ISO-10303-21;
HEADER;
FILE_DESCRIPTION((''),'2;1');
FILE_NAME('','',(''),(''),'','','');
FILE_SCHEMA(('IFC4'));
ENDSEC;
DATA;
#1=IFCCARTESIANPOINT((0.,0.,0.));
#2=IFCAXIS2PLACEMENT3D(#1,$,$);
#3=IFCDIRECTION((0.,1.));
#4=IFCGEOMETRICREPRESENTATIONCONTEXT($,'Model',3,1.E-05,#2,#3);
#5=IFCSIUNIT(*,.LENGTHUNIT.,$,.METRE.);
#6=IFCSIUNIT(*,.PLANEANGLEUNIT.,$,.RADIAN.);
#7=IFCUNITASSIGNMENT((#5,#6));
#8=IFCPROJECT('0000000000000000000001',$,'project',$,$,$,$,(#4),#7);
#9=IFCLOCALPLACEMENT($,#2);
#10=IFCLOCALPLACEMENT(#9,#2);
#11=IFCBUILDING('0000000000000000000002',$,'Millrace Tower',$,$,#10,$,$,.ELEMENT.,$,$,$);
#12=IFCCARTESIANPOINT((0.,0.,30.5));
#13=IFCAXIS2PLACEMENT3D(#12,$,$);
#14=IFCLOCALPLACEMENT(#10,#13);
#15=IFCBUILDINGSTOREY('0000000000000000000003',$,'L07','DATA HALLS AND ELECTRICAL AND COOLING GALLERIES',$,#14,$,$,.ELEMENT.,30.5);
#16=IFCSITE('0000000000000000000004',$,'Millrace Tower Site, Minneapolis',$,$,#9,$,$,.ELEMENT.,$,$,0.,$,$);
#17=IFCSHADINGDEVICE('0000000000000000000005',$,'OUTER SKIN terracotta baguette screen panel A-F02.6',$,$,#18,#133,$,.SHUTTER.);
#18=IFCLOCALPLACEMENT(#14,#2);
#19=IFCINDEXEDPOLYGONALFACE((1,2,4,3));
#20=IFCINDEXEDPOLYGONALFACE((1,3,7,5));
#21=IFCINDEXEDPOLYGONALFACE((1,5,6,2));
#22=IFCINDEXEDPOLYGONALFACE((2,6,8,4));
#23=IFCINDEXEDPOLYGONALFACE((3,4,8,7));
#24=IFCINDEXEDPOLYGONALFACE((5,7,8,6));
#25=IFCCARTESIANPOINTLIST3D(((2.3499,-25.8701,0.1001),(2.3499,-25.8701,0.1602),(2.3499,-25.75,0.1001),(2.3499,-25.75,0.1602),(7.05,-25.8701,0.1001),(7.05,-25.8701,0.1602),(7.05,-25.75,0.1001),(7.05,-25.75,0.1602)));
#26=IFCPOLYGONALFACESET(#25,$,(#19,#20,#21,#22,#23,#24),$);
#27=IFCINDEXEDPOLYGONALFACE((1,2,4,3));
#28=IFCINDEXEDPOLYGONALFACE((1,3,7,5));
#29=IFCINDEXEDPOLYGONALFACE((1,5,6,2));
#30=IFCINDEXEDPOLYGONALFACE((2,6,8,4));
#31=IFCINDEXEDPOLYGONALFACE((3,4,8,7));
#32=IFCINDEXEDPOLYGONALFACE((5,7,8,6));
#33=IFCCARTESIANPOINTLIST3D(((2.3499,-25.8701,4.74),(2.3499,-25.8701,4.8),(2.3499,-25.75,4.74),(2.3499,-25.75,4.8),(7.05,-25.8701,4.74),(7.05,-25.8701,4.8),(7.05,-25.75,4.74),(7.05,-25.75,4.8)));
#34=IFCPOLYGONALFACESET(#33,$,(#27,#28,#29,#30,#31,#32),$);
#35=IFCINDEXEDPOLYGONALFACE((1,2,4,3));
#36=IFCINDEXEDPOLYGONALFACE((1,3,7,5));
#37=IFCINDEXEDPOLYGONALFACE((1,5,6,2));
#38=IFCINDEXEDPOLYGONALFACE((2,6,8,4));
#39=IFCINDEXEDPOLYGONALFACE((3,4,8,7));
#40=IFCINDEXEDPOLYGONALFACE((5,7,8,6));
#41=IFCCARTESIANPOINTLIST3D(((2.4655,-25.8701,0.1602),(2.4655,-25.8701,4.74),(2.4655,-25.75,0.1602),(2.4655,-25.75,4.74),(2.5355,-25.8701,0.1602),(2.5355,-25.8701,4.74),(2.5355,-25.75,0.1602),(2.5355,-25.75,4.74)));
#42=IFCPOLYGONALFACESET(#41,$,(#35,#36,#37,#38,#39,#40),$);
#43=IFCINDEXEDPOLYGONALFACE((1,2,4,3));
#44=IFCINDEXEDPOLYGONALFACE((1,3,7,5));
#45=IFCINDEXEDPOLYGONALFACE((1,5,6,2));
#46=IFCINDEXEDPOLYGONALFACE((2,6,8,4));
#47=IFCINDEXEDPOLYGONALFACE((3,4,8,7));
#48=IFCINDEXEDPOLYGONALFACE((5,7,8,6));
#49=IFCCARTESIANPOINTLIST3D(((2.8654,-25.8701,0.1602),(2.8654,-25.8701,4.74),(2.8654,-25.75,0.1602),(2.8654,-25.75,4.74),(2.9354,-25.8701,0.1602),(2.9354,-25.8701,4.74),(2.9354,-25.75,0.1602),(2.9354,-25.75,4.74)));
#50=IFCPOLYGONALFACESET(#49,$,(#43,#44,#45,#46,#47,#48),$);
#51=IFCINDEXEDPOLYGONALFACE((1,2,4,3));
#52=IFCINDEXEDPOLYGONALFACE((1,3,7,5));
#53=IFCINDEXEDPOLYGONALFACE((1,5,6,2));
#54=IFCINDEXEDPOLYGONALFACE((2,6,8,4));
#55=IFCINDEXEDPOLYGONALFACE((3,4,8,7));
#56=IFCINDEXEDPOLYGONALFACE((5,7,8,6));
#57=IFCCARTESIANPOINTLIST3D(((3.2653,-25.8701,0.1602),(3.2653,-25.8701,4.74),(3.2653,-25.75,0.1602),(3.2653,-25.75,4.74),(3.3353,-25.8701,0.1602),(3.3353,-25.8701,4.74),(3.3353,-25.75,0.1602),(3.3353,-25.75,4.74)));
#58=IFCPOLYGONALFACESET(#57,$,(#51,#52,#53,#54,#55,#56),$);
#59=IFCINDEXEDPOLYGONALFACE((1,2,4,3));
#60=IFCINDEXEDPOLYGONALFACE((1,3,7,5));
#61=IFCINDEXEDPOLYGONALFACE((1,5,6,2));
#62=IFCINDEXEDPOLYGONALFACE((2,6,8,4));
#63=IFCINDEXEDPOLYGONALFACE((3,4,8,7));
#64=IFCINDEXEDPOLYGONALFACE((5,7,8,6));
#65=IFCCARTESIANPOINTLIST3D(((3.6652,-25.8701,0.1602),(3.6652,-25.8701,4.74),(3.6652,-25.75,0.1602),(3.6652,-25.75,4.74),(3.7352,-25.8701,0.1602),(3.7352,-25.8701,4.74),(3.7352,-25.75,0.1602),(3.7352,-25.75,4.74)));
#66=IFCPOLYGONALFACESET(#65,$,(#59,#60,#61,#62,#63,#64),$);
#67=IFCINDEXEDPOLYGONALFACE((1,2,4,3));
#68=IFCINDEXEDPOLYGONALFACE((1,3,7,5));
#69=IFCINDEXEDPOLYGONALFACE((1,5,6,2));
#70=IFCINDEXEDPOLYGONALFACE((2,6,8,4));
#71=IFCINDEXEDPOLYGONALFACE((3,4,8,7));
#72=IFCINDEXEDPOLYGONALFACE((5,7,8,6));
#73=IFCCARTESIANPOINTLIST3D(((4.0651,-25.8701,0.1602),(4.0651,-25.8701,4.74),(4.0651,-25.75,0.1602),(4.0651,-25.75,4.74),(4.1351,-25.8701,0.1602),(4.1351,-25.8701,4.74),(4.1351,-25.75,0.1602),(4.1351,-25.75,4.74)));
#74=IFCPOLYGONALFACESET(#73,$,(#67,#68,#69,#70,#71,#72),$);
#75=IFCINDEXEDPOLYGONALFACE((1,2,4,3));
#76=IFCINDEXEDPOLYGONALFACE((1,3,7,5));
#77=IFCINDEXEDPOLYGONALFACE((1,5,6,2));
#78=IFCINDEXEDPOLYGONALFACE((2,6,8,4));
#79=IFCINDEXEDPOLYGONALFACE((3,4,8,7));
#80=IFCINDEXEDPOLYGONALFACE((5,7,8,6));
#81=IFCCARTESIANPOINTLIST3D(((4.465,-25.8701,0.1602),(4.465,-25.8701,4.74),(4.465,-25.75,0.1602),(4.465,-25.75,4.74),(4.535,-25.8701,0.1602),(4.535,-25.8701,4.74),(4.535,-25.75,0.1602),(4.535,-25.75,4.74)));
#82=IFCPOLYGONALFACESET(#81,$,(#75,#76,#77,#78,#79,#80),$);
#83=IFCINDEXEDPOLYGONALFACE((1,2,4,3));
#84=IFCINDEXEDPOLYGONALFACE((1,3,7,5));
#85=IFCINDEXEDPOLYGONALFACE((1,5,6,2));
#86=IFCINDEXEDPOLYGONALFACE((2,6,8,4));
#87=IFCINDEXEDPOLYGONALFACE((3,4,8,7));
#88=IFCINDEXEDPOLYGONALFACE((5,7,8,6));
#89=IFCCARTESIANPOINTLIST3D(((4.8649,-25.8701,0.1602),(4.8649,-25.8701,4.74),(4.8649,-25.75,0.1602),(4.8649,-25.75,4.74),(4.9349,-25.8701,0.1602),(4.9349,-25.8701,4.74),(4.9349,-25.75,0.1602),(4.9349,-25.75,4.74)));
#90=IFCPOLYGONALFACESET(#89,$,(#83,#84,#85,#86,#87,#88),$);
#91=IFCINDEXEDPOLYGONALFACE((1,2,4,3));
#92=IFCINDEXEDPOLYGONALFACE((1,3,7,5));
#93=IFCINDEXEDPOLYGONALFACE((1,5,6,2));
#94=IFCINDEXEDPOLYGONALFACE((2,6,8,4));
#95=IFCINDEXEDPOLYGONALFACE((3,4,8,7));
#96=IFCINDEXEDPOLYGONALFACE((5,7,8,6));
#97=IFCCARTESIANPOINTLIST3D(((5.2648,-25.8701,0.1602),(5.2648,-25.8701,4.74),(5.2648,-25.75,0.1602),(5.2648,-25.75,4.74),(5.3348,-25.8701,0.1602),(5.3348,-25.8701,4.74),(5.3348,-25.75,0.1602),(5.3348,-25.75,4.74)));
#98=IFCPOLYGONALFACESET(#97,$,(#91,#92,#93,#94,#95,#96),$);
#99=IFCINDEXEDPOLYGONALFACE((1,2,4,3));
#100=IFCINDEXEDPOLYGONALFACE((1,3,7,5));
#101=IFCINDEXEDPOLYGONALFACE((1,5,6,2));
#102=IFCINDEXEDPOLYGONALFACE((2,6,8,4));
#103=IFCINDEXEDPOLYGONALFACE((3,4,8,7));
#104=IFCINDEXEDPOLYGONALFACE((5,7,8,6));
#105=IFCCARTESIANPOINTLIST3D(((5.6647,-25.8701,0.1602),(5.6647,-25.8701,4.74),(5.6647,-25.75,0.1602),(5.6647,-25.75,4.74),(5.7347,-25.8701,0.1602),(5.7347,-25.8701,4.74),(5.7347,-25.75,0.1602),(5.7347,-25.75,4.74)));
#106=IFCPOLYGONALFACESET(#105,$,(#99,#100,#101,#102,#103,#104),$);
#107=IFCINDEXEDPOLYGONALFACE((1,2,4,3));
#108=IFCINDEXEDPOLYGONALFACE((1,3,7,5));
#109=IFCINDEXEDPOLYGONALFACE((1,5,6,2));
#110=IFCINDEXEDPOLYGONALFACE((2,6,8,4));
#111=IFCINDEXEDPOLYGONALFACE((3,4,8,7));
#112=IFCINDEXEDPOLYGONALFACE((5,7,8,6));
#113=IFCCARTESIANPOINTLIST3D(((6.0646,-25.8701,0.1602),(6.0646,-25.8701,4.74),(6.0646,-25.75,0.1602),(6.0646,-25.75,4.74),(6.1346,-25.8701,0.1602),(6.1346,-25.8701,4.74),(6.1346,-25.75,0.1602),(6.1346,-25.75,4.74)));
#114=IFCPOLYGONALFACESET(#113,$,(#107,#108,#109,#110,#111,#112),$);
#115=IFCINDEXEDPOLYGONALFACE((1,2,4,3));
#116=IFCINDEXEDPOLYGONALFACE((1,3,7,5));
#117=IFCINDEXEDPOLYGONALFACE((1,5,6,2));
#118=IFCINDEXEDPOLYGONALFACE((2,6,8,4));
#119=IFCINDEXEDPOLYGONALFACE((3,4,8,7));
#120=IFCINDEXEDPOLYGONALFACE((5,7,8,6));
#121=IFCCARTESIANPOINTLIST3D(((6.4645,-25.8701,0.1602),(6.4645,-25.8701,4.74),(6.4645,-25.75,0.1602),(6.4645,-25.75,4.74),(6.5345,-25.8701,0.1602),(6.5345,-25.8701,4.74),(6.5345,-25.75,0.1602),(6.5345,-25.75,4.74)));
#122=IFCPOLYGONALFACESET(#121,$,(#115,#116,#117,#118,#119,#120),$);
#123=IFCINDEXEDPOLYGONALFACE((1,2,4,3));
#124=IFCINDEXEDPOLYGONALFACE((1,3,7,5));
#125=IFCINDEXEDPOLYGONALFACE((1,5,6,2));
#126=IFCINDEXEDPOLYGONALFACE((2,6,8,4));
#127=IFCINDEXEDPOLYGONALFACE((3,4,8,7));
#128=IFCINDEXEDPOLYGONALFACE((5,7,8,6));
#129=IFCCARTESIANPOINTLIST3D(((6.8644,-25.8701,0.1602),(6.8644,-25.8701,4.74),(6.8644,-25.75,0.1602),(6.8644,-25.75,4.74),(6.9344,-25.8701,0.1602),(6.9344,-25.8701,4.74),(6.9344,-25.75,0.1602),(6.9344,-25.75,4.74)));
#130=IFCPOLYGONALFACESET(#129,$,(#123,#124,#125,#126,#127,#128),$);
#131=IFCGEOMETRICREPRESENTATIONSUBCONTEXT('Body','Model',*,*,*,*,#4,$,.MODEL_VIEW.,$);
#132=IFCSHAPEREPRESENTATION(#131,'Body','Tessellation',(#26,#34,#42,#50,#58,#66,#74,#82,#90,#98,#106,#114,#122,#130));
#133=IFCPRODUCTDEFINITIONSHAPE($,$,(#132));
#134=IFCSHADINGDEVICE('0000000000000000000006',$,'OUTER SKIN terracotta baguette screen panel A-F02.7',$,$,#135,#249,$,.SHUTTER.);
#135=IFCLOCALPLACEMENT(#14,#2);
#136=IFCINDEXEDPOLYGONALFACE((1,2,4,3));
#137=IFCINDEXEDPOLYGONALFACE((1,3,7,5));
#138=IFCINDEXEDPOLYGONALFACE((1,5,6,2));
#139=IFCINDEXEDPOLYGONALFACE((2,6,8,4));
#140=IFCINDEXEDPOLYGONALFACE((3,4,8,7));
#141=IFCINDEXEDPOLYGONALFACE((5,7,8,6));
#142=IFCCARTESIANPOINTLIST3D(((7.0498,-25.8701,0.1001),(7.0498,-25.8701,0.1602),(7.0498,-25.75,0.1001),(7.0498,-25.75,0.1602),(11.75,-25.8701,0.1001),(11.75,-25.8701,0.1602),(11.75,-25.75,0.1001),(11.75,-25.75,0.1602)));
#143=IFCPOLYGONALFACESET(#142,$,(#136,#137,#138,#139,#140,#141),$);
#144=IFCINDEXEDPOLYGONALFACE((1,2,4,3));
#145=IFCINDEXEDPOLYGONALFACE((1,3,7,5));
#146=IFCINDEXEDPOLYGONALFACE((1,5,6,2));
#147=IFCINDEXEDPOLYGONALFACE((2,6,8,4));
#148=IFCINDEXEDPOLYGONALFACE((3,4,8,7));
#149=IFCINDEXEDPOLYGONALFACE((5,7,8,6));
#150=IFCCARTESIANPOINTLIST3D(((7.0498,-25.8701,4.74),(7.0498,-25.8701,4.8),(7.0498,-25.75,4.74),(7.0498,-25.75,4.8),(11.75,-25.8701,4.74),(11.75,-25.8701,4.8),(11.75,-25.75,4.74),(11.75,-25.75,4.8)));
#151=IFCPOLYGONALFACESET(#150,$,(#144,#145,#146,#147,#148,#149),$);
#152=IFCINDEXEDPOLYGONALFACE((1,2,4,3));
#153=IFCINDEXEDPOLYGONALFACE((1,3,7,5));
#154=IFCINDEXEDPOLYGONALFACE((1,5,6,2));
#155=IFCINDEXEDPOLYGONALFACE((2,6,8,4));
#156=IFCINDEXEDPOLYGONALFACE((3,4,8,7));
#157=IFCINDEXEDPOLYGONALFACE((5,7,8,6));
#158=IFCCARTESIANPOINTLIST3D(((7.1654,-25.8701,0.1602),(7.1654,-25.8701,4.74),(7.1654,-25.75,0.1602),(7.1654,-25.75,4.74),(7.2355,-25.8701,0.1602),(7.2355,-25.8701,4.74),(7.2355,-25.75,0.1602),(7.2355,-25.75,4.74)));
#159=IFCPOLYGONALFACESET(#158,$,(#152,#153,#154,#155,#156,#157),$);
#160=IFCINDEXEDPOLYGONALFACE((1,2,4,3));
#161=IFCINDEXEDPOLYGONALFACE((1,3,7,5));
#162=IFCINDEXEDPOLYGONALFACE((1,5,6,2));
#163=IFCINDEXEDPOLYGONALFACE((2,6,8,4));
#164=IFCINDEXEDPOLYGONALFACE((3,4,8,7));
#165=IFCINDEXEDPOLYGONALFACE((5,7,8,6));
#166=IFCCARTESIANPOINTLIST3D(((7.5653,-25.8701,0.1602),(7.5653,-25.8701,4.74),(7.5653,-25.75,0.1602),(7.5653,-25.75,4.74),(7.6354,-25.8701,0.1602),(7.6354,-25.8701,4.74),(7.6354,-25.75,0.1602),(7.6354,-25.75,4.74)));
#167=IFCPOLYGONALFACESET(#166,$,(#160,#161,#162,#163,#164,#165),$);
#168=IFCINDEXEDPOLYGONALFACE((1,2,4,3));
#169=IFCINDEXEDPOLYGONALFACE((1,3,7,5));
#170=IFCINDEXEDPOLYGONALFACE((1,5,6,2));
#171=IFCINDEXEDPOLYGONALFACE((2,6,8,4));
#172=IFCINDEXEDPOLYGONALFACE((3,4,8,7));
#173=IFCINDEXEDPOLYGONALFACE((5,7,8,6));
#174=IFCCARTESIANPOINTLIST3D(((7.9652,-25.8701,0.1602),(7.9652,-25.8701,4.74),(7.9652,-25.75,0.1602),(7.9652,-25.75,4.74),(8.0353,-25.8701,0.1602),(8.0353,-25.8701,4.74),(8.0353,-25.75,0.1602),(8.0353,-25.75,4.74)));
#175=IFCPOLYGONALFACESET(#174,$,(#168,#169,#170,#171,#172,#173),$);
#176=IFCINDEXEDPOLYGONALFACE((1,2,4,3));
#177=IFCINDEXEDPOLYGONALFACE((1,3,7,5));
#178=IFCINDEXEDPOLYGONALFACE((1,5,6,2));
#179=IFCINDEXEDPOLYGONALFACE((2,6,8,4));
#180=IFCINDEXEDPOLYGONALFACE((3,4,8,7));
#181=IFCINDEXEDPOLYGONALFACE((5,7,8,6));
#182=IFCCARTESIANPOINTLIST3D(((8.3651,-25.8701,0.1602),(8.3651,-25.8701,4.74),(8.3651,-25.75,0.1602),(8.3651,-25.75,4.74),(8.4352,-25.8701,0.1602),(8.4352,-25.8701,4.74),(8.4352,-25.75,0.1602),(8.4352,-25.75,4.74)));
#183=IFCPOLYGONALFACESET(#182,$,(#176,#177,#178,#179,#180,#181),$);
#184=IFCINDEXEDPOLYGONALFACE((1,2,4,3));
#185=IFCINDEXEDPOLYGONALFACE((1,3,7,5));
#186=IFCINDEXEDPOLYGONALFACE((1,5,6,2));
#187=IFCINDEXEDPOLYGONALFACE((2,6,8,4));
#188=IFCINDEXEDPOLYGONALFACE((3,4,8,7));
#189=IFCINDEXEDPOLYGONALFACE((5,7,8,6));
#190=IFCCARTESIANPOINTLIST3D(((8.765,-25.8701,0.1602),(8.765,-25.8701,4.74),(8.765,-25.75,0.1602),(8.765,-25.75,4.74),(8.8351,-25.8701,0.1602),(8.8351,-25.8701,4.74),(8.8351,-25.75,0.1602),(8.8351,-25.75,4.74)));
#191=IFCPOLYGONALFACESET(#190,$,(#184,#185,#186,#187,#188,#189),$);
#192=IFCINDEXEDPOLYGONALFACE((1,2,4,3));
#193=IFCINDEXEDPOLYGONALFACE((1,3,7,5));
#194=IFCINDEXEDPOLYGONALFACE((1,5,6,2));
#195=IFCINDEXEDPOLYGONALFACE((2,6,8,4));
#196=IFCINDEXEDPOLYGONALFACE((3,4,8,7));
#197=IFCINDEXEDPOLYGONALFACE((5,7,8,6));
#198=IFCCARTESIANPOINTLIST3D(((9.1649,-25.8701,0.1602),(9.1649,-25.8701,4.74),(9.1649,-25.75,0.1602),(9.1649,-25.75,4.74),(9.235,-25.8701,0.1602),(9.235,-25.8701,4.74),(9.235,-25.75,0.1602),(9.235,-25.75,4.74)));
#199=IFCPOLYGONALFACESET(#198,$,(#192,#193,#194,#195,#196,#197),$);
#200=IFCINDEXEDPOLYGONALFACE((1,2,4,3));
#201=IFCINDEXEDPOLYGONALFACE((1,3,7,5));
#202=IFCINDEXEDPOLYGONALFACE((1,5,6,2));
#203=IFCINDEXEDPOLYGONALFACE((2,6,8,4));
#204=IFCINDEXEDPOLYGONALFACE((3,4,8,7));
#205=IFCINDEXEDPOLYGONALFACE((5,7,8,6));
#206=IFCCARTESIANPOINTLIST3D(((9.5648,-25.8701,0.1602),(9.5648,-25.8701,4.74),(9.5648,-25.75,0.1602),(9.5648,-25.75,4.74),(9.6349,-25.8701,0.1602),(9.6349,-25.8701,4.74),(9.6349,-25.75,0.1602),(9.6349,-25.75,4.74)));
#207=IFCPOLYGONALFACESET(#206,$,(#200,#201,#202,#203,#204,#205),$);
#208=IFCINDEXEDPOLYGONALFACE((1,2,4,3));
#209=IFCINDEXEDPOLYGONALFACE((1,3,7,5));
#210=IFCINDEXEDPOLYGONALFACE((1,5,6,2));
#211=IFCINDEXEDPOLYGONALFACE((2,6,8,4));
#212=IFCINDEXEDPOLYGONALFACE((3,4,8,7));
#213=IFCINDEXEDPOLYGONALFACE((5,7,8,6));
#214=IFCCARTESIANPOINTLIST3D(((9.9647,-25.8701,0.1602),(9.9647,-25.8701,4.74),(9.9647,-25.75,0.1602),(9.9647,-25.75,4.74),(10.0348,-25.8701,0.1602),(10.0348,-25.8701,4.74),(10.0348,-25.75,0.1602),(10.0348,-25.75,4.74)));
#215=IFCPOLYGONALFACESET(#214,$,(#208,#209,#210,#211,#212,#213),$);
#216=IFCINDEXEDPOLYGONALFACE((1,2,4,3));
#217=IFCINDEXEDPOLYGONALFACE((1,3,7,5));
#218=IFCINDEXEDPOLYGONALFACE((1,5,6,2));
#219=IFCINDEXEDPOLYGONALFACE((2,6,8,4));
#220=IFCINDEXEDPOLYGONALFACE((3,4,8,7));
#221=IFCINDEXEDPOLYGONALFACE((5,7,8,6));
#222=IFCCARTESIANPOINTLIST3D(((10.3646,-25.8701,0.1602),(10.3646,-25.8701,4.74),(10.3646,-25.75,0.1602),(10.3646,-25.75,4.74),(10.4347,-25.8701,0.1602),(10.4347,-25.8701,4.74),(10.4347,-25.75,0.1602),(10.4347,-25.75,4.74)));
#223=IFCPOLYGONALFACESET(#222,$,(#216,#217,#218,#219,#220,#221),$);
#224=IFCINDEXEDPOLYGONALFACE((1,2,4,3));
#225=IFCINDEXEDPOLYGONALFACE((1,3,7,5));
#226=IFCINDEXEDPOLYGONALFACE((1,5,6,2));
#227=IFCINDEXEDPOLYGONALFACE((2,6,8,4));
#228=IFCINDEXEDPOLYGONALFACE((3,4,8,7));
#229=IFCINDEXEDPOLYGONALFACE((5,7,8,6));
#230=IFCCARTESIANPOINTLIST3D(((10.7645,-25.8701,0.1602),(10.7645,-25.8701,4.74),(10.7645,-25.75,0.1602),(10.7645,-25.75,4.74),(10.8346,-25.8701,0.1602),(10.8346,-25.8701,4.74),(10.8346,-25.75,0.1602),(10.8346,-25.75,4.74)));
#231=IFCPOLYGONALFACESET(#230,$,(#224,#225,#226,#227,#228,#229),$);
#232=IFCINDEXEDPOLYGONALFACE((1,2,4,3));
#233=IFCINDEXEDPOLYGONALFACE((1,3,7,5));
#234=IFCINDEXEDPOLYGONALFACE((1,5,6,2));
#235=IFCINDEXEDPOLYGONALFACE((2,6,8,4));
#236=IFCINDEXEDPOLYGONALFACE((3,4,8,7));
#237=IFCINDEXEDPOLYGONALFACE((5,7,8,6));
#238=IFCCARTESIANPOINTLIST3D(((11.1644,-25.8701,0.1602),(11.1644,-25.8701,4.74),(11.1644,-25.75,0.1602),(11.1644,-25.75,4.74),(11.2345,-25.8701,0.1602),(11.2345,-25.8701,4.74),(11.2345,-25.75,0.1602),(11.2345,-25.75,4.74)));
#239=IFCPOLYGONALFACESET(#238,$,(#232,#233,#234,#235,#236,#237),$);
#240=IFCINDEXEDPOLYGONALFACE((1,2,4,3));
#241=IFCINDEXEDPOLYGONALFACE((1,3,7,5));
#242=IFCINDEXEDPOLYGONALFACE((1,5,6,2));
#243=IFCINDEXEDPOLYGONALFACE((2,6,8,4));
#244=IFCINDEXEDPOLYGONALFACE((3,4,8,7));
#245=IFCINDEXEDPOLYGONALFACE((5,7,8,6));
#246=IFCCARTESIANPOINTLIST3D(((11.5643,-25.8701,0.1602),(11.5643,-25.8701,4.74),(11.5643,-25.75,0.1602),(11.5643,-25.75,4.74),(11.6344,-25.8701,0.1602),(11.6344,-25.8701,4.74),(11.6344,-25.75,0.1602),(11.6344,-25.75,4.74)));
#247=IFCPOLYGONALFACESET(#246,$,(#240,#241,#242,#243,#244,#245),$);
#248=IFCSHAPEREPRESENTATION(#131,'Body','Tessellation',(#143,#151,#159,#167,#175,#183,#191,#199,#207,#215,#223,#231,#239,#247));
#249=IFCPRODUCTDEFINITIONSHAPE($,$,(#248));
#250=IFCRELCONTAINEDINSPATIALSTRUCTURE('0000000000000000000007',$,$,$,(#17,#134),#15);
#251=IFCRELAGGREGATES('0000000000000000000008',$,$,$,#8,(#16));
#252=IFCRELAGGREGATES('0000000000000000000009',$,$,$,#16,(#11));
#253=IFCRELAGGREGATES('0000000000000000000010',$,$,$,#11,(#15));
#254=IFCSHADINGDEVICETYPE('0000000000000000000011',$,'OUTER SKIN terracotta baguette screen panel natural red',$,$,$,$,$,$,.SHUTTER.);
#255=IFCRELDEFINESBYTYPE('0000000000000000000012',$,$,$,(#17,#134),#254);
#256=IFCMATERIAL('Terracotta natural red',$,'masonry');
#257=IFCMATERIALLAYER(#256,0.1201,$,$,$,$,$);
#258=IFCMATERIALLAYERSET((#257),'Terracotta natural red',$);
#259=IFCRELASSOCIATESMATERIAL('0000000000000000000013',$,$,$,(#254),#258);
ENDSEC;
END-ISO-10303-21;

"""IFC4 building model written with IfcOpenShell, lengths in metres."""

from ifc_helpers import new_model, entity, si_unit, direction, frame, frame_2d, origin, place, context, subcontext, project, spatial, rectangle, extrude, source, transform, mapped, material, layer, layer_set, type_object, element, save


model = new_model("IFC4")

# Units and contexts
model_context = context("Model", 3, precision=1e-05, world=origin(), true_north=direction((0.0, 1.0)))
body_context = subcontext(model_context, "Body", "Model", "MODEL_VIEW")
ifc_project = project(units=[si_unit("LENGTHUNIT", "METRE"), si_unit("PLANEANGLEUNIT", "RADIAN")], contexts=[model_context])

# Site, building, storey
site_placement = place(None, origin())
site = spatial("IfcSite", under=ifc_project, at=site_placement, Name="Millrace Tower Site, Minneapolis", CompositionType="ELEMENT", RefElevation=0.0)
building_placement = place(site_placement, origin())
building = spatial("IfcBuilding", under=site, at=building_placement, Name="Millrace Tower", CompositionType="ELEMENT")
storey_placement = place(building_placement, frame((0.0, 0.0, 30.5)))
storey = spatial("IfcBuildingStorey", under=building, at=storey_placement, Name="L07", Description="DATA HALLS AND ELECTRICAL AND COOLING GALLERIES", CompositionType="ELEMENT", Elevation=30.5)

# Shading devices
ifc_material_1 = material(Name="Terracotta natural red", Category="masonry")
ifc_layer_1 = layer(ifc_material_1, 0.1201)
ifc_layer_set_1 = layer_set([ifc_layer_1], Name="Terracotta natural red")
shading_device_type = type_object("IfcShadingDeviceType", Name="OUTER SKIN terracotta baguette screen panel natural red", PredefinedType="SHUTTER", material=ifc_layer_set_1)
cartesian_point = entity("IfcCartesianPoint", [-2.3501, 0.0601])
shared_polyline = entity("IfcPolyline", [cartesian_point, entity("IfcCartesianPoint", [2.3501, 0.0601]), entity("IfcCartesianPoint", [2.3501, -0.0601]), entity("IfcCartesianPoint", [-2.3501, -0.0601]), cartesian_point])
shared_shape = source(origin(), body_context, "Body", "SweptSolid", [
    entity("IfcExtrudedAreaSolid", entity("IfcArbitraryClosedProfileDef", "AREA", None, shared_polyline), entity("IfcAxis2Placement3D", entity("IfcCartesianPoint", [0.0, 0.0, 0.0])), entity("IfcDirection", [0.0, 0.0, 1.0]), 0.0601),
    entity("IfcExtrudedAreaSolid", entity("IfcArbitraryClosedProfileDef", "AREA", None, shared_polyline), entity("IfcAxis2Placement3D", entity("IfcCartesianPoint", [0.0, 0.0, 4.6399])), entity("IfcDirection", [0.0, 0.0, 1.0]), 0.0601),
    extrude(rectangle(XDim=0.0701, YDim=0.1201, at=frame_2d((-2.1995, 0.0))), frame((0.0, 0.0, 0.0601)), (0.0, 0.0, 1.0), 4.5798),
    extrude(rectangle(XDim=0.0701, YDim=0.1201, at=frame_2d((-1.7996, 0.0))), frame((0.0, 0.0, 0.0601)), (0.0, 0.0, 1.0), 4.5798),
    extrude(rectangle(XDim=0.0701, YDim=0.1201, at=frame_2d((-1.3997, 0.0))), frame((0.0, 0.0, 0.0601)), (0.0, 0.0, 1.0), 4.5798),
    extrude(rectangle(XDim=0.0701, YDim=0.1201, at=frame_2d((-0.9998, 0.0))), frame((0.0, 0.0, 0.0601)), (0.0, 0.0, 1.0), 4.5798),
    extrude(rectangle(XDim=0.0701, YDim=0.1201, at=frame_2d((-0.5999, 0.0))), frame((0.0, 0.0, 0.0601)), (0.0, 0.0, 1.0), 4.5798),
    extrude(rectangle(XDim=0.0701, YDim=0.1201, at=frame_2d((-0.2, 0.0))), frame((0.0, 0.0, 0.0601)), (0.0, 0.0, 1.0), 4.5798),
    extrude(rectangle(XDim=0.0701, YDim=0.1201, at=frame_2d((0.2, 0.0))), frame((0.0, 0.0, 0.0601)), (0.0, 0.0, 1.0), 4.5798),
    extrude(rectangle(XDim=0.0701, YDim=0.1201, at=frame_2d((0.5999, 0.0))), frame((0.0, 0.0, 0.0601)), (0.0, 0.0, 1.0), 4.5798),
    extrude(rectangle(XDim=0.0701, YDim=0.1201, at=frame_2d((0.9998, 0.0))), frame((0.0, 0.0, 0.0601)), (0.0, 0.0, 1.0), 4.5798),
    extrude(rectangle(XDim=0.0701, YDim=0.1201, at=frame_2d((1.3997, 0.0))), frame((0.0, 0.0, 0.0601)), (0.0, 0.0, 1.0), 4.5798),
    extrude(rectangle(XDim=0.0701, YDim=0.1201, at=frame_2d((1.7996, 0.0))), frame((0.0, 0.0, 0.0601)), (0.0, 0.0, 1.0), 4.5798),
    extrude(rectangle(XDim=0.0701, YDim=0.1201, at=frame_2d((2.1995, 0.0))), frame((0.0, 0.0, 0.0601)), (0.0, 0.0, 1.0), 4.5798),
])
for number, where, z_axis, x_axis, name in (
    (1, (4.7, -25.8101, 0.1001), (0.0, 0.0, 1.0), (1.0, 0.0, 0.0), "OUTER SKIN terracotta baguette screen panel A-F02.6"),
    (2, (9.3999, -25.8101, 0.1001), (0.0, 0.0, 1.0), (1.0, 0.0, 0.0), "OUTER SKIN terracotta baguette screen panel A-F02.7"),
):
    element("IfcShadingDevice", number, at=place(storey_placement, frame(where, z_axis=z_axis, x_axis=x_axis)), inside=storey, type_object=shading_device_type, Name=name, PredefinedType="SHUTTER", context=body_context, shape_type="MappedRepresentation", body=[
        mapped(shared_shape, transform((0.0, 0.0, 0.0), scale=1.0)),
    ])

save(model, "model.ifc")
